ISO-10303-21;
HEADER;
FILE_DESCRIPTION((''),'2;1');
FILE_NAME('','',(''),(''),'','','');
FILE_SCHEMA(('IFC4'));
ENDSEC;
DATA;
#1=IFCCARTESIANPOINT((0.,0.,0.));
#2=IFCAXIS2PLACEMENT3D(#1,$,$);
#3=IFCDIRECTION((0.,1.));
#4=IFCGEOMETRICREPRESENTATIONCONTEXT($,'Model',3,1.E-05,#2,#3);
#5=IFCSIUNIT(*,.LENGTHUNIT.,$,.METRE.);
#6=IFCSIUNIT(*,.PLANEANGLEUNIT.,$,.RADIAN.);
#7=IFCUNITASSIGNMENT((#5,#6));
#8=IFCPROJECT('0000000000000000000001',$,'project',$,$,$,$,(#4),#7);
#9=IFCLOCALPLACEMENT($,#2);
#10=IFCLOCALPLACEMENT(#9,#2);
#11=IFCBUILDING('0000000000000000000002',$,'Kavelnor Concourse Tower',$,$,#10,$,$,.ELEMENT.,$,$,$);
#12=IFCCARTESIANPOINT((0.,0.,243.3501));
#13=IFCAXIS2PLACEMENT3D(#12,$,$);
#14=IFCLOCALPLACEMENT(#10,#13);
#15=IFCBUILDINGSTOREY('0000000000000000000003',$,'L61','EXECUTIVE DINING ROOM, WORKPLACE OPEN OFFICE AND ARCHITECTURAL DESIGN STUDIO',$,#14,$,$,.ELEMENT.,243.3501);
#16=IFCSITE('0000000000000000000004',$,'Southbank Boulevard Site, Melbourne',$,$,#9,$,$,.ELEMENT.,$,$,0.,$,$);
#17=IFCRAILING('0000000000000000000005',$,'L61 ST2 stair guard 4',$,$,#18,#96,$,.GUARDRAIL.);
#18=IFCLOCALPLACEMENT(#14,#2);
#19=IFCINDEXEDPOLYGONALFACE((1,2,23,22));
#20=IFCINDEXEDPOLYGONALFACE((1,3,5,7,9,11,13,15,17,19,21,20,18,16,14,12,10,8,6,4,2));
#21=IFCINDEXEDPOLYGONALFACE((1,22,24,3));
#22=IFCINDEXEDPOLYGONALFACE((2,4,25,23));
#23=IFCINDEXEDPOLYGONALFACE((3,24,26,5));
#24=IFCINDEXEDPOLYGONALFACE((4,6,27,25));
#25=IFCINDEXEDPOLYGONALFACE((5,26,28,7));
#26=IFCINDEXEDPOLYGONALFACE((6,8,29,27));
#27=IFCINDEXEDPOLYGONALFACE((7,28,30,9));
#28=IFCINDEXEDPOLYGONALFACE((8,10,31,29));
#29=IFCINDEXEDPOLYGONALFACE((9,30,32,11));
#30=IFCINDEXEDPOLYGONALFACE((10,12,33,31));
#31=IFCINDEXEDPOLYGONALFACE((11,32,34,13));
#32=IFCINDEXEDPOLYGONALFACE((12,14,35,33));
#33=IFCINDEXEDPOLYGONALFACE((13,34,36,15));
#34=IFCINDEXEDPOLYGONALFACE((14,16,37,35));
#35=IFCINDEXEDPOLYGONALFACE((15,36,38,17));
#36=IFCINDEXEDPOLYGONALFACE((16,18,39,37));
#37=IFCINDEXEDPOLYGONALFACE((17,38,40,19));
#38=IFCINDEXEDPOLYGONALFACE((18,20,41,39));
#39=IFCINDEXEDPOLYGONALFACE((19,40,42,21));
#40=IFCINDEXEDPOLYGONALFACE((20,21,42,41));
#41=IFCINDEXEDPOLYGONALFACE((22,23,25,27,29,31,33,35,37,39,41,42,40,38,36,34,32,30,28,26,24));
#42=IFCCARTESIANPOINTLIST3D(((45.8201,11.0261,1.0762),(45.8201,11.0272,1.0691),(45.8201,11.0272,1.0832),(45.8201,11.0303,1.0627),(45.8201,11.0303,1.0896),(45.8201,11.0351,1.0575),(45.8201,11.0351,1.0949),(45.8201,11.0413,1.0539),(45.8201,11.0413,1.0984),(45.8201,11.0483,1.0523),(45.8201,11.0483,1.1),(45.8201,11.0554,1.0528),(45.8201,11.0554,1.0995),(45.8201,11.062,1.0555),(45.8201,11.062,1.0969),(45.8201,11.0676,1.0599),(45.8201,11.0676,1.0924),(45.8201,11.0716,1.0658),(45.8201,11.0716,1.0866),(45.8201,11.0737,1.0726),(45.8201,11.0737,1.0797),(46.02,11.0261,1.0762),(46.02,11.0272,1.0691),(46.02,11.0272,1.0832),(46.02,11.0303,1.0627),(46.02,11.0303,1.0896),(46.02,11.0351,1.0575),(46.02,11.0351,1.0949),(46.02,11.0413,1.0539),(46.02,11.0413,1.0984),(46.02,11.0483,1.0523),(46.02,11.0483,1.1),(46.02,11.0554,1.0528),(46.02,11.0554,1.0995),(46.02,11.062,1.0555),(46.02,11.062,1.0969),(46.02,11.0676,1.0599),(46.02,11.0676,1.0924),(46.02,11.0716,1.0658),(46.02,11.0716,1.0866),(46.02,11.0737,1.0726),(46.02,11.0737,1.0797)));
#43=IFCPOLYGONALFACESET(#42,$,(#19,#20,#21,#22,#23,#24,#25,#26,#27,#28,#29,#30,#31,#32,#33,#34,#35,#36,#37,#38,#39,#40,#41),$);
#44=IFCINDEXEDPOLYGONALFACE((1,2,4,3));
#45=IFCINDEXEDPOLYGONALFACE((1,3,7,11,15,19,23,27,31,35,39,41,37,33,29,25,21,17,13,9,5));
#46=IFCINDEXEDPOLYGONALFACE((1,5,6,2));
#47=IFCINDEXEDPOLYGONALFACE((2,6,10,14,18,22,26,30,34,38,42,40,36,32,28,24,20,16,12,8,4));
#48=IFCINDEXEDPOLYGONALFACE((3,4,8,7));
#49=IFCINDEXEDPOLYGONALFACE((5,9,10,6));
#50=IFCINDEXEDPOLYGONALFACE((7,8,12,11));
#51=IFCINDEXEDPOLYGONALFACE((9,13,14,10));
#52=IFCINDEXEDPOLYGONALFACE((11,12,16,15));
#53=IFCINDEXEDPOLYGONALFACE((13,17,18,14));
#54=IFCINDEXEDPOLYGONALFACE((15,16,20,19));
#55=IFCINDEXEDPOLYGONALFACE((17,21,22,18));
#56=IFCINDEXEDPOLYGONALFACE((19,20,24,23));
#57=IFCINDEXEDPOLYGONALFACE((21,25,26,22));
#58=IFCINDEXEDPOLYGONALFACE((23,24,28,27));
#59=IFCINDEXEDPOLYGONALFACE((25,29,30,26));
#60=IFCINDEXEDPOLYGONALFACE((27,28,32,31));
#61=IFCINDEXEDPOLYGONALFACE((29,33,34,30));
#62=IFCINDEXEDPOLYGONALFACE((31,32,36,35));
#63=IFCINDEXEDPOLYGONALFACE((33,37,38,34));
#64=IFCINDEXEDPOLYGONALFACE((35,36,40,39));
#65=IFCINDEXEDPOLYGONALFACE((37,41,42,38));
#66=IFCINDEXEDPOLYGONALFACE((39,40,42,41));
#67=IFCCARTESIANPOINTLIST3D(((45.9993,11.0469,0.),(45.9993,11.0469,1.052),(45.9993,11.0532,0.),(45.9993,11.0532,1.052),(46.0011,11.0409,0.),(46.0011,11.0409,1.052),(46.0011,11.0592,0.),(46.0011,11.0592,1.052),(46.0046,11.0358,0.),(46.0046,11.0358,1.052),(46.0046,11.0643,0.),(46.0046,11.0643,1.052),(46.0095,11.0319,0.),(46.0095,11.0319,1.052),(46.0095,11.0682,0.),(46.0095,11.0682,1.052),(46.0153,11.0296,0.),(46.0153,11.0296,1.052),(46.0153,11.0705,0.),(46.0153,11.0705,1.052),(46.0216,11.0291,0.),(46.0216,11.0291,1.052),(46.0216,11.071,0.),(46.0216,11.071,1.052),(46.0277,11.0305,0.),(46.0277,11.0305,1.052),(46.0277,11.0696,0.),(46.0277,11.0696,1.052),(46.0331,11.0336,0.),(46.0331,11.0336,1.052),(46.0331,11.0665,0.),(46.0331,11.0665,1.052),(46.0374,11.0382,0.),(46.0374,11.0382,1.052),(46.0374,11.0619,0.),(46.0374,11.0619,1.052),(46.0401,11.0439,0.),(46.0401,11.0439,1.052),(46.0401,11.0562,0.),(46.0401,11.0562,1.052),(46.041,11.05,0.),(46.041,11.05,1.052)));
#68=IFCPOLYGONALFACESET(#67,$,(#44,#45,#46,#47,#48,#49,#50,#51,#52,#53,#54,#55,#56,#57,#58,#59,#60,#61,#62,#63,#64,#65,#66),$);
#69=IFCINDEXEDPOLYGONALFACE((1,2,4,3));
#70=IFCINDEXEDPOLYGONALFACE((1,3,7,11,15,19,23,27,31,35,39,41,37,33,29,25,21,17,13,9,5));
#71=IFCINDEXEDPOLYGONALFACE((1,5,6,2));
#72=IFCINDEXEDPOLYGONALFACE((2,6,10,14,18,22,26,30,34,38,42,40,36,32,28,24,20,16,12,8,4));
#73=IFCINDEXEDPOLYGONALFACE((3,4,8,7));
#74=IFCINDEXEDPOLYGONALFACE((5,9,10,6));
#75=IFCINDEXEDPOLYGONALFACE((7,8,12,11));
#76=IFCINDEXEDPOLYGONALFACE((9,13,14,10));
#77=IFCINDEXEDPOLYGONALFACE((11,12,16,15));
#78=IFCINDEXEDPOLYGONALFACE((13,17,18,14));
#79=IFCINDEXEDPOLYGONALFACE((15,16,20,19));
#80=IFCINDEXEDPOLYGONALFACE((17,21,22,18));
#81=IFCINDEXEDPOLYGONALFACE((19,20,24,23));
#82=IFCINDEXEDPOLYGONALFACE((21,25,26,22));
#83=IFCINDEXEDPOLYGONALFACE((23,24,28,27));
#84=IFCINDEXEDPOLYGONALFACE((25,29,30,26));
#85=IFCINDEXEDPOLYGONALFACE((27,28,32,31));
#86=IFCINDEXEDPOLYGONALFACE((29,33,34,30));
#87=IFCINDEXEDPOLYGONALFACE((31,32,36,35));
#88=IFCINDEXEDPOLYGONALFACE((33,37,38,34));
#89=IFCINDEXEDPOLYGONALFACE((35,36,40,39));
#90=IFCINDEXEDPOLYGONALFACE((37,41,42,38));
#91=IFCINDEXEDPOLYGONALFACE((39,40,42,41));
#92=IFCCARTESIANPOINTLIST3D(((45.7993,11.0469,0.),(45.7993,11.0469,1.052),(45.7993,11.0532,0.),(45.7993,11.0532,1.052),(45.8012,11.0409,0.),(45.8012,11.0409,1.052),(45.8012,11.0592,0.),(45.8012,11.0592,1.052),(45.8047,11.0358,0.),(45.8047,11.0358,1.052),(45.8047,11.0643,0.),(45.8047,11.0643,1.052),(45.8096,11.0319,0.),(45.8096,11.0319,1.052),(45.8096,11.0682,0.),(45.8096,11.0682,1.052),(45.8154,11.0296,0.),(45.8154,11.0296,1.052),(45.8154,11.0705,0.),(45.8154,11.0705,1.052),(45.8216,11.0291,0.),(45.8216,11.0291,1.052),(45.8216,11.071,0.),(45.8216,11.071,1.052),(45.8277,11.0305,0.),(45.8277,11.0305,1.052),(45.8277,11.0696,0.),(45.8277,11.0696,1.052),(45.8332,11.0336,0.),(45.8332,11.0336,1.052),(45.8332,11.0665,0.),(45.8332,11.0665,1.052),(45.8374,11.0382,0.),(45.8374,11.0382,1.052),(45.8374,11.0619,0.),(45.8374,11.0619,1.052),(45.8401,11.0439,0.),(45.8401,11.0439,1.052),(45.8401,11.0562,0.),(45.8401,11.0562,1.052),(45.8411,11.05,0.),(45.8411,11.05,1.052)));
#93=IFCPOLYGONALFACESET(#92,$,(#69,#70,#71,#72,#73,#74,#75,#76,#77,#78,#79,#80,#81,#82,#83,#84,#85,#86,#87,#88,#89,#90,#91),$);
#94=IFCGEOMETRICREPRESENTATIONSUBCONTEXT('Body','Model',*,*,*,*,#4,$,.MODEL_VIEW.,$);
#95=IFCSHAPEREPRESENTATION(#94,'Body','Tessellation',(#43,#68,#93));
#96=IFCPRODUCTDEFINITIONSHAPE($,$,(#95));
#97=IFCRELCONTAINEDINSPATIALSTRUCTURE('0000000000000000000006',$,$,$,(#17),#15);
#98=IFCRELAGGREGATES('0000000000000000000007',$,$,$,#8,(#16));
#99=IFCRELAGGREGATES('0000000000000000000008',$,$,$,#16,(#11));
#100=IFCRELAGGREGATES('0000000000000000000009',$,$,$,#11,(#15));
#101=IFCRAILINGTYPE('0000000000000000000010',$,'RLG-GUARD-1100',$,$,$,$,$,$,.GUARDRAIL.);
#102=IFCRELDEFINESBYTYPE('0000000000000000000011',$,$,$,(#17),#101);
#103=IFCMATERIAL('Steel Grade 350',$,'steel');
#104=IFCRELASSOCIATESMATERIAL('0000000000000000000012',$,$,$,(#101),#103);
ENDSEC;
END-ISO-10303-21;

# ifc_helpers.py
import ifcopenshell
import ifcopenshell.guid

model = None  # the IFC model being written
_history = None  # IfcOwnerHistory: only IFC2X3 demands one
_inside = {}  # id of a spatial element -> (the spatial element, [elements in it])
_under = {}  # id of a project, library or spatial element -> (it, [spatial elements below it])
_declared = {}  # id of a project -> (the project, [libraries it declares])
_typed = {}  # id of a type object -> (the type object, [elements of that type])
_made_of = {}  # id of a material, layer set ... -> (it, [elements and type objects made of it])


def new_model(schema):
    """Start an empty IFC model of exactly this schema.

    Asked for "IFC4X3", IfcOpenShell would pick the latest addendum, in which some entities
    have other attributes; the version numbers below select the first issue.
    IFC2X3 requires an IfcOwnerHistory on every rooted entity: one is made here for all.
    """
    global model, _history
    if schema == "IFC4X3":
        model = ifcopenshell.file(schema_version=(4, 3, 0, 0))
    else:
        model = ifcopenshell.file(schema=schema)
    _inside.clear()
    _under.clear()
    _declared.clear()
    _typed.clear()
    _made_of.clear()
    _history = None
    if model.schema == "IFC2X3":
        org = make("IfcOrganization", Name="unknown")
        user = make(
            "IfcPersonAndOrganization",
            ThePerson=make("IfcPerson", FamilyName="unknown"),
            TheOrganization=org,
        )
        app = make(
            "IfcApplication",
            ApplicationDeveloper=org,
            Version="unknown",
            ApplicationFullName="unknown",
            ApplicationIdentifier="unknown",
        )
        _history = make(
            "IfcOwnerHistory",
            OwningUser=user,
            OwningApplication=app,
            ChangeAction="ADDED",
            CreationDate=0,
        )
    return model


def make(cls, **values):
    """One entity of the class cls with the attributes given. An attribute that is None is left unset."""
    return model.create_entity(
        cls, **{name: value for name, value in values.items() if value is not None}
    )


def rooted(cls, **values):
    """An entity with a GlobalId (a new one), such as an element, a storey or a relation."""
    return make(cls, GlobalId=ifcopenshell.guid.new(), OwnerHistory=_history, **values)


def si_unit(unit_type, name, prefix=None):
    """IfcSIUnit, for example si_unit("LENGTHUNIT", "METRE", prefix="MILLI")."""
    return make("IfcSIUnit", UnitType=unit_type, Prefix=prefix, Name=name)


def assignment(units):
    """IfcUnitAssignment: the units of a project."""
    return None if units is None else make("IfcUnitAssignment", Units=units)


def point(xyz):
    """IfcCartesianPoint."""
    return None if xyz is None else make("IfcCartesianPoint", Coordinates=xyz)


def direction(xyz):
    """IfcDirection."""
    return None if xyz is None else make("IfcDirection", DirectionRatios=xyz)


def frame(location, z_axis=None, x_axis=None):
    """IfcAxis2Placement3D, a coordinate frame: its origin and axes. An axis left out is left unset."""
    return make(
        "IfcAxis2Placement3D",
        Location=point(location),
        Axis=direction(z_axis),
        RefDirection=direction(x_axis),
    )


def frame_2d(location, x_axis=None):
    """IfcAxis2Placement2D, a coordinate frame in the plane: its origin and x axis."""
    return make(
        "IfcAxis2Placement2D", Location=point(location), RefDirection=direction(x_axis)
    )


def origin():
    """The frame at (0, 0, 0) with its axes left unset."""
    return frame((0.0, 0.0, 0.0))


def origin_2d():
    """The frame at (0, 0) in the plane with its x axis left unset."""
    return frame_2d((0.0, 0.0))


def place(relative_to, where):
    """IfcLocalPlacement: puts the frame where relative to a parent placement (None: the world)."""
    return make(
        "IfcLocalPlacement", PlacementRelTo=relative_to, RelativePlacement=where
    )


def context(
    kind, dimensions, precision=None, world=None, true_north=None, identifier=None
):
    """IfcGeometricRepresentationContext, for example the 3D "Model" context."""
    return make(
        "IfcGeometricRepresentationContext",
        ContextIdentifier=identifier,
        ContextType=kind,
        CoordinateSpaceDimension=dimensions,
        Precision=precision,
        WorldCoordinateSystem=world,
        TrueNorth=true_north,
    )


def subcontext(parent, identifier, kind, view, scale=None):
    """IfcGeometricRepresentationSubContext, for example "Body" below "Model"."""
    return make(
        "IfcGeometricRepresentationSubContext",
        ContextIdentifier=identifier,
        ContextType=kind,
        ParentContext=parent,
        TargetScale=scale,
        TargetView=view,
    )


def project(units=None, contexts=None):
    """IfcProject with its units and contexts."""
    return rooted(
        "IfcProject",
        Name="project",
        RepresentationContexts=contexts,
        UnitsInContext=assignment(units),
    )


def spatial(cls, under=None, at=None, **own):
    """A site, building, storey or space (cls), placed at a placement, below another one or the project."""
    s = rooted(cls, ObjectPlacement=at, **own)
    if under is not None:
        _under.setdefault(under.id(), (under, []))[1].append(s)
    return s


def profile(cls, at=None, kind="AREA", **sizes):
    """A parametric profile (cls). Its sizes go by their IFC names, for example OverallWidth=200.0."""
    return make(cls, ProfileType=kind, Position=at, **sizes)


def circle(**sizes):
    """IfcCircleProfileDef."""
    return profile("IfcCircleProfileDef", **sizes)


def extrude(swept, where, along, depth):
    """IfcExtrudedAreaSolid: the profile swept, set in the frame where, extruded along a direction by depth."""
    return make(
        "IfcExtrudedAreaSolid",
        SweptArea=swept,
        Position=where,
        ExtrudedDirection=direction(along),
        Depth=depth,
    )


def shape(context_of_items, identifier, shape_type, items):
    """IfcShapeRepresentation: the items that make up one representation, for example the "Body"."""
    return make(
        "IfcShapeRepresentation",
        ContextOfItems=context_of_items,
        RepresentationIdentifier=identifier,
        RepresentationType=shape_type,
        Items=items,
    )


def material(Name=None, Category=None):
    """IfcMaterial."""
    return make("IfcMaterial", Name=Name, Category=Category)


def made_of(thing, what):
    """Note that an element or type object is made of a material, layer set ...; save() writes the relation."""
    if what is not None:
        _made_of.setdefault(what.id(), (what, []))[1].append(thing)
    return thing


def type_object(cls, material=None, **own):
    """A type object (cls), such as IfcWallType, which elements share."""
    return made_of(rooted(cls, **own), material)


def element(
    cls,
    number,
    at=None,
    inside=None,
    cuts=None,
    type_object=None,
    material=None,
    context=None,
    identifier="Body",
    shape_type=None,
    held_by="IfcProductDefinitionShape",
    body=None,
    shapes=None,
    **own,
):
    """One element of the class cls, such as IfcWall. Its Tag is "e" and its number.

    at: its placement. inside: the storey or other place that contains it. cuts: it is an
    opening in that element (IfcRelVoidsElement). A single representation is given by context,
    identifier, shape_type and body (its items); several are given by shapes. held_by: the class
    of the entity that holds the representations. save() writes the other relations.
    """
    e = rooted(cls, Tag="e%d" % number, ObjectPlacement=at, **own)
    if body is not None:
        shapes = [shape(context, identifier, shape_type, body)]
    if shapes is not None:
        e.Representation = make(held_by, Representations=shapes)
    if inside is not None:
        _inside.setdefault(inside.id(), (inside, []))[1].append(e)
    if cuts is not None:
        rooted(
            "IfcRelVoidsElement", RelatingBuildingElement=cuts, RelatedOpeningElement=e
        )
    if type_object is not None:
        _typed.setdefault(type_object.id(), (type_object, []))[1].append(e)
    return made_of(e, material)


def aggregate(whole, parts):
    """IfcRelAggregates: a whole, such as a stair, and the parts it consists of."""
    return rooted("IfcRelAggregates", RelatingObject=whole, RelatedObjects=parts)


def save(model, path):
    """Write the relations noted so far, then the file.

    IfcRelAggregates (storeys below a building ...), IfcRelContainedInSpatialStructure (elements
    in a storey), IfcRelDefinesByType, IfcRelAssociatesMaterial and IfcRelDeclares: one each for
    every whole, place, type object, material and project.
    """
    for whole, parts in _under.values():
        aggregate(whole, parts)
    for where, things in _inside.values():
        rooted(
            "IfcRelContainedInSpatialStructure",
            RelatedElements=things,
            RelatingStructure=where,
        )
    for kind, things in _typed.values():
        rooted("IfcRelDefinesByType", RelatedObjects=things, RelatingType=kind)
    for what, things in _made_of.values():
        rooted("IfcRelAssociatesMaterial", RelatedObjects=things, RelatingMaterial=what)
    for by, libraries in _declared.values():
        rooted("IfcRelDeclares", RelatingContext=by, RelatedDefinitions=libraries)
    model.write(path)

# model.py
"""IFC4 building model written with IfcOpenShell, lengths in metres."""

from ifc_helpers import new_model, si_unit, direction, frame, origin, origin_2d, place, context, subcontext, project, spatial, circle, extrude, material, type_object, element, save


model = new_model("IFC4")

# Units and contexts
model_context = context("Model", 3, precision=1e-05, world=origin(), true_north=direction((0.0, 1.0)))
body_context = subcontext(model_context, "Body", "Model", "MODEL_VIEW")
ifc_project = project(units=[si_unit("LENGTHUNIT", "METRE"), si_unit("PLANEANGLEUNIT", "RADIAN")], contexts=[model_context])

# Site, building, storey
site_placement = place(None, origin())
site = spatial("IfcSite", under=ifc_project, at=site_placement, Name="Southbank Boulevard Site, Melbourne", CompositionType="ELEMENT", RefElevation=0.0)
building_placement = place(site_placement, origin())
building = spatial("IfcBuilding", under=site, at=building_placement, Name="Kavelnor Concourse Tower", CompositionType="ELEMENT")
storey_placement = place(building_placement, frame((0.0, 0.0, 243.3501)))
storey = spatial("IfcBuildingStorey", under=building, at=storey_placement, Name="L61", Description="EXECUTIVE DINING ROOM, WORKPLACE OPEN OFFICE AND ARCHITECTURAL DESIGN STUDIO", CompositionType="ELEMENT", Elevation=243.3501)

# Shared definitions
ifc_material_1 = material(Name="Steel Grade 350", Category="steel")

# Railing
railing_type_1 = type_object("IfcRailingType", Name="RLG-GUARD-1100", PredefinedType="GUARDRAIL", material=ifc_material_1)
railing_1_placement = place(storey_placement, frame((46.02, 11.05, 0.0)))
element("IfcRailing", 1, at=railing_1_placement, inside=storey, type_object=railing_type_1, Name="L61 ST2 stair guard 4", PredefinedType="GUARDRAIL", context=body_context, shape_type="SweptSolid", body=[
    extrude(circle(Radius=0.0239, at=origin_2d()), frame((0.0, 0.0, 1.0762), z_axis=(-1.0, 0.0, 0.0), x_axis=(0.0, -1.0, 0.0)), (0.0, 0.0, 1.0), 0.2),
    extrude(circle(Radius=0.021, at=origin_2d()), origin(), (0.0, 0.0, 1.0), 1.052),
    extrude(circle(Radius=0.021, at=origin_2d()), frame((-0.2, 0.0, 0.0)), (0.0, 0.0, 1.0), 1.052),
])

save(model, "model.ifc")
